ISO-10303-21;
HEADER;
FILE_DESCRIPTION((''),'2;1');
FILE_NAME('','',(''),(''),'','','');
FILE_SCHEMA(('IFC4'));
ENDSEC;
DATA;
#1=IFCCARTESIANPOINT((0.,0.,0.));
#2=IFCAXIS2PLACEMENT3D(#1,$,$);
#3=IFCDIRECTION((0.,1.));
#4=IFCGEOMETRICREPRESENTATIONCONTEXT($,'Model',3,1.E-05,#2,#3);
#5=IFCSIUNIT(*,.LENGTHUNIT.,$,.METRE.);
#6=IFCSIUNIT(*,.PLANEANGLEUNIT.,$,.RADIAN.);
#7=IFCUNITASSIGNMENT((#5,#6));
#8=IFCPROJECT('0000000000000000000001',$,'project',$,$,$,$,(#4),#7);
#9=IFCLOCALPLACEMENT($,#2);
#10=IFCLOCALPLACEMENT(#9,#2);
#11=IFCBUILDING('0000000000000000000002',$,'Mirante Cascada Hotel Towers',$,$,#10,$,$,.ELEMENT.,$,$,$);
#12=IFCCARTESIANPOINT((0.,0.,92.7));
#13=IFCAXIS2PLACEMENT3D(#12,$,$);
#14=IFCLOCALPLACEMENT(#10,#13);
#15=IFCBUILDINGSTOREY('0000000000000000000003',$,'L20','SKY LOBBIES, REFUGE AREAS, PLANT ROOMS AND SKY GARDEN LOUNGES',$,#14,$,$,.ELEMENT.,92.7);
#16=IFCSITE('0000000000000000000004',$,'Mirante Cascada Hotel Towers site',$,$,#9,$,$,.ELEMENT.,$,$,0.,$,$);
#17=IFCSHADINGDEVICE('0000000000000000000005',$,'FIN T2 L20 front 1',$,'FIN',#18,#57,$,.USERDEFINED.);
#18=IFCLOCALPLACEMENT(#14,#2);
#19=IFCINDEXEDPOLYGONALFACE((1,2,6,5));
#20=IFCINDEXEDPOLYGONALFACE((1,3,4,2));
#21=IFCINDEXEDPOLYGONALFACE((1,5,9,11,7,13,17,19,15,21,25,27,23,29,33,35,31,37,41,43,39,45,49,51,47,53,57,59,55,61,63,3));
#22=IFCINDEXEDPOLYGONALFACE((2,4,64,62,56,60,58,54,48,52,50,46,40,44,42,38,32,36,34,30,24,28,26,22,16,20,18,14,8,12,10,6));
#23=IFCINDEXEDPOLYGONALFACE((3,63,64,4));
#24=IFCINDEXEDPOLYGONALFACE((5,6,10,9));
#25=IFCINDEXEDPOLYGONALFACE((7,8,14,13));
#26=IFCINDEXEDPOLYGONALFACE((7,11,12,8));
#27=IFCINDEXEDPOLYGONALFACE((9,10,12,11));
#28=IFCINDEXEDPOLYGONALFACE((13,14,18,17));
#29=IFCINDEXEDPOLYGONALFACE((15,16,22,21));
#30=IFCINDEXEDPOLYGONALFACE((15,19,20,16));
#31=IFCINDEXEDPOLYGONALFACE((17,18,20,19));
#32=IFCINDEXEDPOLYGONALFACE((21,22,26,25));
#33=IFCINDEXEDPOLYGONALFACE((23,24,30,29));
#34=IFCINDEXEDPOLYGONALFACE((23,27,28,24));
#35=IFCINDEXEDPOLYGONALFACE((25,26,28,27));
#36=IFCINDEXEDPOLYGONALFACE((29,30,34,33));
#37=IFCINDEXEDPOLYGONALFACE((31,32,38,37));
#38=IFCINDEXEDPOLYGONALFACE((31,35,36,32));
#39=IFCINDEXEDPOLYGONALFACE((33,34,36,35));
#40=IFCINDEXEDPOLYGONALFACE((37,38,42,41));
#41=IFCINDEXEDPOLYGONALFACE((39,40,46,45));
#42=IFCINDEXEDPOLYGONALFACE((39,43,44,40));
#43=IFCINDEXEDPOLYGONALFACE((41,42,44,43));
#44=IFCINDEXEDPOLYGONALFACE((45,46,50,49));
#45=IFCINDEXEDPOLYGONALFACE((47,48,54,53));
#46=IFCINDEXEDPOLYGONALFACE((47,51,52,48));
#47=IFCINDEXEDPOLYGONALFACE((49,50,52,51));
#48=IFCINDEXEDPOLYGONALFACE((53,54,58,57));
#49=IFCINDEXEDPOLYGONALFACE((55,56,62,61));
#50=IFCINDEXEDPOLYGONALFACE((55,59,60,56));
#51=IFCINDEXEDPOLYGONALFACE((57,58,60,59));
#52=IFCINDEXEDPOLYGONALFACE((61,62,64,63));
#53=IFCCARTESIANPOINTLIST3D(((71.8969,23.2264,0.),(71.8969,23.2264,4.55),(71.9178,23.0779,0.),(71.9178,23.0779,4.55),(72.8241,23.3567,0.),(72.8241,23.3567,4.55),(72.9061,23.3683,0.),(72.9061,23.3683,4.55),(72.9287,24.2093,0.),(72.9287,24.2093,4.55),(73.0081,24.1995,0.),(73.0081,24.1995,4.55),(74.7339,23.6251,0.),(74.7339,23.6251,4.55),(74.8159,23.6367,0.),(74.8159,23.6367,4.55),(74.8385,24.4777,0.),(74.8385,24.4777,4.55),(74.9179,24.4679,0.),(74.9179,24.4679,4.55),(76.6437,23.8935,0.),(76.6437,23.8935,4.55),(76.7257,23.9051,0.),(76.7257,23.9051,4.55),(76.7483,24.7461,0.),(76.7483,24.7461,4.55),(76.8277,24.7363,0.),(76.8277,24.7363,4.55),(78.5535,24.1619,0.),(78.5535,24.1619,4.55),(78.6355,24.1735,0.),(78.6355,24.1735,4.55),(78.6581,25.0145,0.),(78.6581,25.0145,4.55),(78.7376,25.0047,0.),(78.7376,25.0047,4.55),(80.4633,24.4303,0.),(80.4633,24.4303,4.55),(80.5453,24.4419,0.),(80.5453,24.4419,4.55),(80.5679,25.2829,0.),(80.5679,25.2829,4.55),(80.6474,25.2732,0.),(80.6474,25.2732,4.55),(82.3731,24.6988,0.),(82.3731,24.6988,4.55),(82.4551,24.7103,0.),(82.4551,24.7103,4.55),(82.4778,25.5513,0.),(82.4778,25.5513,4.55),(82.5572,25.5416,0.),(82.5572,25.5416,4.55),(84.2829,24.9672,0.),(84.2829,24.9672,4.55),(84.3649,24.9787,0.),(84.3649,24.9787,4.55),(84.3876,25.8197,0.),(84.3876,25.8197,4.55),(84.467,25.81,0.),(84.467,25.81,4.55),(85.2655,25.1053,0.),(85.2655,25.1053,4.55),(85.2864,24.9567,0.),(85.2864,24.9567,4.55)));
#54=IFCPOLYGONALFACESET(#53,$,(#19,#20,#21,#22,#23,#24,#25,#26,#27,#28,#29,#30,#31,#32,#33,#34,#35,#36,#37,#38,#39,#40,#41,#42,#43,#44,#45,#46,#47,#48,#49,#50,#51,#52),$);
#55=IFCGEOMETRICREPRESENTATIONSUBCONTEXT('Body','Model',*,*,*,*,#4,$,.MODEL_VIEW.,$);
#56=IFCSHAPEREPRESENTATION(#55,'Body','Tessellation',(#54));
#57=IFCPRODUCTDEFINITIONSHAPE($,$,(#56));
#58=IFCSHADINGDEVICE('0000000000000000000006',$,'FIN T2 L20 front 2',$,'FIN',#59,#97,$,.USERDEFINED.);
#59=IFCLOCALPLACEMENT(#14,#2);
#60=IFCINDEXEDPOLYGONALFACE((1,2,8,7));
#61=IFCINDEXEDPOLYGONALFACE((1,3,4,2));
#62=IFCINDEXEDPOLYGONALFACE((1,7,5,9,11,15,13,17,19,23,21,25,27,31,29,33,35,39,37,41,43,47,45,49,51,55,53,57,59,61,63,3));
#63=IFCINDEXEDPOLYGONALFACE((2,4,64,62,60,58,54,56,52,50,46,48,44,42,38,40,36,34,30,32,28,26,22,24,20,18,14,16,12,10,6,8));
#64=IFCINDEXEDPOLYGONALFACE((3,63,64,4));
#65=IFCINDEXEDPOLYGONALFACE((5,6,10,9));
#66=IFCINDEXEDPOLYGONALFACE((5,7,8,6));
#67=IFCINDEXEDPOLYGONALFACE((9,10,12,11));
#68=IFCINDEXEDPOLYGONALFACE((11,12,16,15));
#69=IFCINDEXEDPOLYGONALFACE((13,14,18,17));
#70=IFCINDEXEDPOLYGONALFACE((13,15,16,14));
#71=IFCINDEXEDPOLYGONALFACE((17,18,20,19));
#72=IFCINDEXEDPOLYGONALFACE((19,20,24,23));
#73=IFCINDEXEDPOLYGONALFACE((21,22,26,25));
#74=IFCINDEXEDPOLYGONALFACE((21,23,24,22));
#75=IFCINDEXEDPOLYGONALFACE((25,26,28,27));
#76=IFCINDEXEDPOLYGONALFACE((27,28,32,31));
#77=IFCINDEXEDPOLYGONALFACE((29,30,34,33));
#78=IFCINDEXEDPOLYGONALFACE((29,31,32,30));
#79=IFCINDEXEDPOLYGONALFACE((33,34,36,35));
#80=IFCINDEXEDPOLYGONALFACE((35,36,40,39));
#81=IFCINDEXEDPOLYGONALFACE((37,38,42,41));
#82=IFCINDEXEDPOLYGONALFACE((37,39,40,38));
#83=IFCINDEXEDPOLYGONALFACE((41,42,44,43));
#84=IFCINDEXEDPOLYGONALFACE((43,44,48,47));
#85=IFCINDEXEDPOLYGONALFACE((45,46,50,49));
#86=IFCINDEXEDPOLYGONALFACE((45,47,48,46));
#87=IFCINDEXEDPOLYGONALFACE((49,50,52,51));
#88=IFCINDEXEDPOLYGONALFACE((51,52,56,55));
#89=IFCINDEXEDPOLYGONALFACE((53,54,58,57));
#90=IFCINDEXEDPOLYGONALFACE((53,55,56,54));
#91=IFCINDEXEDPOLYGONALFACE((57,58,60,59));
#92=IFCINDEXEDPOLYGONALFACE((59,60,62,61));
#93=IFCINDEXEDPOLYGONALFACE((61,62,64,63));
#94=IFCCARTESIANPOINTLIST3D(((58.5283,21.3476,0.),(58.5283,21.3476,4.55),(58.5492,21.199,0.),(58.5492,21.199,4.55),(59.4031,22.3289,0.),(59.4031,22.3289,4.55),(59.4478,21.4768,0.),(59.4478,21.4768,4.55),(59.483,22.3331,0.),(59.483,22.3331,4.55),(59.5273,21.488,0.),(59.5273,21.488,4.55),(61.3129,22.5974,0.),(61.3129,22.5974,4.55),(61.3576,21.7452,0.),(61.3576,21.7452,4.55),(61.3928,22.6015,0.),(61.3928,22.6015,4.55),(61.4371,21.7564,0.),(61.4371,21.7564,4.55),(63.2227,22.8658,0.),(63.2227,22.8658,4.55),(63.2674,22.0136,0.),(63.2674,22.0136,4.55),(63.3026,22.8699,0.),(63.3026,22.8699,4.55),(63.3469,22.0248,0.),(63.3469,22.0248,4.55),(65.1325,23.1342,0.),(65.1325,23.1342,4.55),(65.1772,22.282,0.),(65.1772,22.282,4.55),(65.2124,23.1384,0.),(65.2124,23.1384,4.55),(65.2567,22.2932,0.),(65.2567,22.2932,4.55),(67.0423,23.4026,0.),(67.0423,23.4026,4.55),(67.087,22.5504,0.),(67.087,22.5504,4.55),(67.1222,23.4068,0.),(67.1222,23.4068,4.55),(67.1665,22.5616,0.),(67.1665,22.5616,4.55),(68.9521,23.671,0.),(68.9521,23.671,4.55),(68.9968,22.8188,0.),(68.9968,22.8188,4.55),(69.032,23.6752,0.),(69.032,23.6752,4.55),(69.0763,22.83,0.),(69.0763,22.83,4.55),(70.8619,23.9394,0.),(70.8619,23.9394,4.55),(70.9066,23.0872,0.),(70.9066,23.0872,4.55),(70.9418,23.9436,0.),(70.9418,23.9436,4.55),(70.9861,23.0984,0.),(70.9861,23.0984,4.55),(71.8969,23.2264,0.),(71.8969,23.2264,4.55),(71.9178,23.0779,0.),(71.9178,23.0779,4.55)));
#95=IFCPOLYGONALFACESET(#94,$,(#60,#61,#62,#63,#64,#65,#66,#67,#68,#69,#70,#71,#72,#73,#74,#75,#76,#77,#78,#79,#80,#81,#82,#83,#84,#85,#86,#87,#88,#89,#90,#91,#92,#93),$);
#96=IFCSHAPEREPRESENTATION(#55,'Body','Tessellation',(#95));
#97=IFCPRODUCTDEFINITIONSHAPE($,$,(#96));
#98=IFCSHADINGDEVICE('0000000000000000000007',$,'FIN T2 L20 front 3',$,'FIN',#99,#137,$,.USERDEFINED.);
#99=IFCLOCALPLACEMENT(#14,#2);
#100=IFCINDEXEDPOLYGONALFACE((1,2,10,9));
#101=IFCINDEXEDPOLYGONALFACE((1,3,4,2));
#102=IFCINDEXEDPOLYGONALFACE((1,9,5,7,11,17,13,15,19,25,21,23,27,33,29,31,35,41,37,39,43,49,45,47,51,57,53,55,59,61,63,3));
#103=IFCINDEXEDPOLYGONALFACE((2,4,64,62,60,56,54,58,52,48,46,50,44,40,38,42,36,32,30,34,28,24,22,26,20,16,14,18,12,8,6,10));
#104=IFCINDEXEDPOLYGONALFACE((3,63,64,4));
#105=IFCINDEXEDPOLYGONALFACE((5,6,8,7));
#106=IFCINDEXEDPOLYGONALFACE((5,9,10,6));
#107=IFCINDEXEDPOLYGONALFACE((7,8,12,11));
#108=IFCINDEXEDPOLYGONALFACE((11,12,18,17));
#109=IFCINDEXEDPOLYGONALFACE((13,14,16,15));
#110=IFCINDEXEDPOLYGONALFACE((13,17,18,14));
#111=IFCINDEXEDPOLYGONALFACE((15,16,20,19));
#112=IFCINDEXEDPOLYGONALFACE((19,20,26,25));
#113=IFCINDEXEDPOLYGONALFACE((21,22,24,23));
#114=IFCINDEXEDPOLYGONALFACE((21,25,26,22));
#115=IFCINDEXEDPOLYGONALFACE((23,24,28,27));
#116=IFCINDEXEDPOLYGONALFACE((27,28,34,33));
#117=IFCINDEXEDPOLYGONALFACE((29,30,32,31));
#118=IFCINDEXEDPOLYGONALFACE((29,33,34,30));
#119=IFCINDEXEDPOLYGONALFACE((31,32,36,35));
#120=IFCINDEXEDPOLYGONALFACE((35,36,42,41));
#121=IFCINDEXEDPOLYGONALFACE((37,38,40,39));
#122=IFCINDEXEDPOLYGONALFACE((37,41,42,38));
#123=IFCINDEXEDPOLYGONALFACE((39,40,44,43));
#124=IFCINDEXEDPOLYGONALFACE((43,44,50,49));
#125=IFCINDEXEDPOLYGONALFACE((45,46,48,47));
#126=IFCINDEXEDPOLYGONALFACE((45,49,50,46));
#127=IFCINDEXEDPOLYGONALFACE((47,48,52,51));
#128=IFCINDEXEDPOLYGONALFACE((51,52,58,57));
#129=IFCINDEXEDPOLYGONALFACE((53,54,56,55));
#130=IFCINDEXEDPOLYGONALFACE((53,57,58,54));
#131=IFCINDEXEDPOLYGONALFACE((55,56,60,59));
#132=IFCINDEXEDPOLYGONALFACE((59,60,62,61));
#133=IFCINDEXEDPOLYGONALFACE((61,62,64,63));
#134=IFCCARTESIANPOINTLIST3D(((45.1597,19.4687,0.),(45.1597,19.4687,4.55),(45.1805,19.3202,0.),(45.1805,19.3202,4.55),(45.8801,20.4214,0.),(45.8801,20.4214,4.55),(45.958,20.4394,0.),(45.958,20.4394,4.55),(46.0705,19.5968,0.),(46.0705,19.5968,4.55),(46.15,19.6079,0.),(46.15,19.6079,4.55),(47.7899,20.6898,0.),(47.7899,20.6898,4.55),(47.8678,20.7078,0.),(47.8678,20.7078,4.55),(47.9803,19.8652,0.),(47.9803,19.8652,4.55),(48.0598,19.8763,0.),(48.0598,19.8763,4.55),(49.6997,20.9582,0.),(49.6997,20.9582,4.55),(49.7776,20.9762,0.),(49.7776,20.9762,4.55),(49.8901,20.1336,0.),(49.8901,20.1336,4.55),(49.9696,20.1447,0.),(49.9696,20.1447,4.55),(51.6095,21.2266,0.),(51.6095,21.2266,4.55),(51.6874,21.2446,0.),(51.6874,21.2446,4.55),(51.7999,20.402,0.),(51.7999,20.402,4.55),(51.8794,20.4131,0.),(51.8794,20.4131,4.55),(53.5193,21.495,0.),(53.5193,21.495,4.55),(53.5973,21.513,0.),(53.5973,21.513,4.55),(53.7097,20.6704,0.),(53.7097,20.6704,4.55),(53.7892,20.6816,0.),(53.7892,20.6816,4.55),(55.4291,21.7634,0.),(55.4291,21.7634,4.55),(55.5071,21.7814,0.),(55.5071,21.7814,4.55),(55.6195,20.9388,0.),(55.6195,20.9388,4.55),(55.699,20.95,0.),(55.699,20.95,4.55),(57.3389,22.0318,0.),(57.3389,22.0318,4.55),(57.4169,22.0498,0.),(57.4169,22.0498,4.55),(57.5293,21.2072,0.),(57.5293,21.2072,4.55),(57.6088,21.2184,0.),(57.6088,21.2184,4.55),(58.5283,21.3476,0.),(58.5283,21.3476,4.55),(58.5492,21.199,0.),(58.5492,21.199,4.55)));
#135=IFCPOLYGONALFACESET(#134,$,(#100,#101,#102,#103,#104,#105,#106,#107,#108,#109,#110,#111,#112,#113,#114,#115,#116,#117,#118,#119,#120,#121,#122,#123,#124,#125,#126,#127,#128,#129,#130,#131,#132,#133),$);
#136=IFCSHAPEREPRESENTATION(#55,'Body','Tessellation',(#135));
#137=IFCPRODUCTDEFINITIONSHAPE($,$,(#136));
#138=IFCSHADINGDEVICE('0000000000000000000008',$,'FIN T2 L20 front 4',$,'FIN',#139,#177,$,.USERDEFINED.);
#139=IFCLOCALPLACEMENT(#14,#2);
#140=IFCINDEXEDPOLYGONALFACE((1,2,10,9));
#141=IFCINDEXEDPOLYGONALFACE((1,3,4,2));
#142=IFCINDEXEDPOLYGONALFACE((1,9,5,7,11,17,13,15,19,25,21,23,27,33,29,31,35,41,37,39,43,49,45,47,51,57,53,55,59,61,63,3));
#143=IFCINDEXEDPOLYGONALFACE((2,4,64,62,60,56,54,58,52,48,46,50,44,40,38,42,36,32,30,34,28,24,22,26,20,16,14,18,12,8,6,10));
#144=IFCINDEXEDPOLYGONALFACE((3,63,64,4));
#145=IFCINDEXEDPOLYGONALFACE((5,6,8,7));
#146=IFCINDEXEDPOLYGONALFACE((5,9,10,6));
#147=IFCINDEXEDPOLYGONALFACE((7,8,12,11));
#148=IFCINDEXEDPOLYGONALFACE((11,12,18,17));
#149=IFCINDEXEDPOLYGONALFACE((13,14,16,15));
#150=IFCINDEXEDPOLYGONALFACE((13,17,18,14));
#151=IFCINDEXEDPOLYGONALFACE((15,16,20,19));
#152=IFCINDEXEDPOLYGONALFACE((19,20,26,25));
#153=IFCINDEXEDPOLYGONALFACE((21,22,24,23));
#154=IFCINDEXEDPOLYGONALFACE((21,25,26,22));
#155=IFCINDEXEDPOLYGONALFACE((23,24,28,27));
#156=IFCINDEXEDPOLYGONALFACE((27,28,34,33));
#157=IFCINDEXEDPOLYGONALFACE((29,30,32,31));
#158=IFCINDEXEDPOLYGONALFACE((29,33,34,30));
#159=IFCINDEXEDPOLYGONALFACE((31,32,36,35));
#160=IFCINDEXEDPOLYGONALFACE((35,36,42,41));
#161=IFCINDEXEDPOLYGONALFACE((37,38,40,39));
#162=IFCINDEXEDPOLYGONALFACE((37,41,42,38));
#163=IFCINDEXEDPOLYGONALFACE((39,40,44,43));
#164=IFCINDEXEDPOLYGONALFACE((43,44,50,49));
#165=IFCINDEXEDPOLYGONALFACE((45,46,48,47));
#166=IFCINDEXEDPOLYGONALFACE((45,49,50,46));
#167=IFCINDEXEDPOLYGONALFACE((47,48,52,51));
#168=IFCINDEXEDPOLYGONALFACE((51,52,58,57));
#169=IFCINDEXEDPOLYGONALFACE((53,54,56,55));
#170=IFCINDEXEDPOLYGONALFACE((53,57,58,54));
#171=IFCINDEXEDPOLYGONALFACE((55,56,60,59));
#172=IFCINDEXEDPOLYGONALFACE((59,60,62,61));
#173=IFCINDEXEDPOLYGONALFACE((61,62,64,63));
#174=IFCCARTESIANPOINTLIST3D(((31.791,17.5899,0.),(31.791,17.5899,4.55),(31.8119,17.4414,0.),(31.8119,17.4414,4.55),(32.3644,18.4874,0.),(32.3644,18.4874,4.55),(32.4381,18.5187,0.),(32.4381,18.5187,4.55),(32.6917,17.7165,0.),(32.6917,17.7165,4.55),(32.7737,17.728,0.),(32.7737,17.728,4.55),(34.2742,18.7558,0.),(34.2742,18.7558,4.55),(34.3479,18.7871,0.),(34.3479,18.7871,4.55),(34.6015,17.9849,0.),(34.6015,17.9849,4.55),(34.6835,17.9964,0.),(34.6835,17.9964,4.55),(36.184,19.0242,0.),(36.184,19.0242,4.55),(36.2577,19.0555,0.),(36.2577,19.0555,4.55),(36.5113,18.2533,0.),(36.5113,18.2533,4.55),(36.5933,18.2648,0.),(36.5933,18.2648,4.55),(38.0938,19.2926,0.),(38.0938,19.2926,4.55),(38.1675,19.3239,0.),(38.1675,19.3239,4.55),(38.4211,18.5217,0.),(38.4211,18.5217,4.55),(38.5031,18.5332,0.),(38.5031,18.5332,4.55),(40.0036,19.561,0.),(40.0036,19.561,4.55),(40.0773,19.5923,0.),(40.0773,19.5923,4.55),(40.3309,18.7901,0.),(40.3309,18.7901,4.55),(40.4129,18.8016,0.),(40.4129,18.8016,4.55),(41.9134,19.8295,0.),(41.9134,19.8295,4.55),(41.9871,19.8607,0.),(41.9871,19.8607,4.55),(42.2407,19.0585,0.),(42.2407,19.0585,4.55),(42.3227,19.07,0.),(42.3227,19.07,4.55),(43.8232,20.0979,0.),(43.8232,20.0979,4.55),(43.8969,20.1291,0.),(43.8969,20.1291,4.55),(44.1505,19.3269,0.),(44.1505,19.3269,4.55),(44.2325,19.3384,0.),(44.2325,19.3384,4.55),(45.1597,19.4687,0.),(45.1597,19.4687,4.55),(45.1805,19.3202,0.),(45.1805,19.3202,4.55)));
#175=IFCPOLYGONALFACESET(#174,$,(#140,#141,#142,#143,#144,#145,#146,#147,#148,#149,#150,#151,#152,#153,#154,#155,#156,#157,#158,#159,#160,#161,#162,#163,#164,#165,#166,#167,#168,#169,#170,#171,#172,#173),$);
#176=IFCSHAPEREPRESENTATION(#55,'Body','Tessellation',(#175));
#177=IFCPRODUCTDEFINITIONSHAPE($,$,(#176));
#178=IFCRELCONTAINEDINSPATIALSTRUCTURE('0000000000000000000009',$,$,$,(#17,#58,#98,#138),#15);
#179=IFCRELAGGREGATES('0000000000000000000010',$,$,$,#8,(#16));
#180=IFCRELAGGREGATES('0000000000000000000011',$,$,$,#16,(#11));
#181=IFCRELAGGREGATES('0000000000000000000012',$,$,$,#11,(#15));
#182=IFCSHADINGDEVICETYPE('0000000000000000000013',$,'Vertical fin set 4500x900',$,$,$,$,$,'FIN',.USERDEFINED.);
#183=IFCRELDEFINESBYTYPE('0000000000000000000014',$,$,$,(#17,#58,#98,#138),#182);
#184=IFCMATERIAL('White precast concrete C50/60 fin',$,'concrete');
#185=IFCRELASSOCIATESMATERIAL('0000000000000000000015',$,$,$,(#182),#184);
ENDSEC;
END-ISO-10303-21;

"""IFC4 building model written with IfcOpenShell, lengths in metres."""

from ifc_helpers import new_model, si_unit, direction, frame, origin, place, context, subcontext, project, spatial, polyline, outline, extrude, material, type_object, element, save


model = new_model("IFC4")

# Units and contexts
model_context = context("Model", 3, precision=1e-05, world=origin(), true_north=direction((0.0, 1.0)))
body_context = subcontext(model_context, "Body", "Model", "MODEL_VIEW")
ifc_project = project(units=[si_unit("LENGTHUNIT", "METRE"), si_unit("PLANEANGLEUNIT", "RADIAN")], contexts=[model_context])

# Site, building, storey
site_placement = place(None, origin())
site = spatial("IfcSite", under=ifc_project, at=site_placement, Name="Mirante Cascada Hotel Towers site", CompositionType="ELEMENT", RefElevation=0.0)
building_placement = place(site_placement, origin())
building = spatial("IfcBuilding", under=site, at=building_placement, Name="Mirante Cascada Hotel Towers", CompositionType="ELEMENT")
storey_placement = place(building_placement, frame((0.0, 0.0, 92.7)))
storey = spatial("IfcBuildingStorey", under=building, at=storey_placement, Name="L20", Description="SKY LOBBIES, REFUGE AREAS, PLANT ROOMS AND SKY GARDEN LOUNGES", CompositionType="ELEMENT", Elevation=92.7)

# Shading devices
ifc_material_1 = material(Name="White precast concrete C50/60 fin", Category="concrete")
shading_device_type = type_object("IfcShadingDeviceType", Name="Vertical fin set 4500x900", ElementType="FIN", PredefinedType="USERDEFINED", material=ifc_material_1)
shading_device_1_placement = place(storey_placement, origin())
element("IfcShadingDevice", 1, at=shading_device_1_placement, inside=storey, type_object=shading_device_type, Name="FIN T2 L20 front 1", ObjectType="FIN", PredefinedType="USERDEFINED", context=body_context, shape_type="SweptSolid", body=[
    extrude(outline(polyline([(73.0081, 24.1995), (72.9061, 23.3683), (74.7339, 23.6251), (74.8385, 24.4777), (74.9179, 24.4679), (74.8159, 23.6367), (76.6437, 23.8935), (76.7483, 24.7461), (76.8277, 24.7363), (76.7257, 23.9051), (78.5535, 24.1619), (78.6581, 25.0145), (78.7376, 25.0047), (78.6355, 24.1735), (80.4633, 24.4303), (80.5679, 25.2829), (80.6474, 25.2732), (80.5453, 24.4419), (82.3731, 24.6988), (82.4778, 25.5513), (82.5572, 25.5416), (82.4551, 24.7103), (84.2829, 24.9672), (84.3876, 25.8197), (84.467, 25.81), (84.3649, 24.9787), (85.2655, 25.1053), (85.2864, 24.9567), (71.9178, 23.0779), (71.8969, 23.2264), (72.8241, 23.3567), (72.9287, 24.2093), (73.0081, 24.1995)])), origin(), (0.0, 0.0, 1.0), 4.55),
])
shading_device_2_placement = place(storey_placement, origin())
element("IfcShadingDevice", 2, at=shading_device_2_placement, inside=storey, type_object=shading_device_type, Name="FIN T2 L20 front 2", ObjectType="FIN", PredefinedType="USERDEFINED", context=body_context, shape_type="SweptSolid", body=[
    extrude(outline(polyline([(59.483, 22.3331), (59.5273, 21.488), (61.3576, 21.7452), (61.3129, 22.5974), (61.3928, 22.6015), (61.4371, 21.7564), (63.2674, 22.0136), (63.2227, 22.8658), (63.3026, 22.8699), (63.3469, 22.0248), (65.1772, 22.282), (65.1325, 23.1342), (65.2124, 23.1384), (65.2567, 22.2932), (67.087, 22.5504), (67.0423, 23.4026), (67.1222, 23.4068), (67.1665, 22.5616), (68.9968, 22.8188), (68.9521, 23.671), (69.032, 23.6752), (69.0763, 22.83), (70.9066, 23.0872), (70.8619, 23.9394), (70.9418, 23.9436), (70.9861, 23.0984), (71.8969, 23.2264), (71.9178, 23.0779), (58.5492, 21.199), (58.5283, 21.3476), (59.4478, 21.4768), (59.4031, 22.3289), (59.483, 22.3331)])), origin(), (0.0, 0.0, 1.0), 4.55),
])
shading_device_3_placement = place(storey_placement, origin())
element("IfcShadingDevice", 3, at=shading_device_3_placement, inside=storey, type_object=shading_device_type, Name="FIN T2 L20 front 3", ObjectType="FIN", PredefinedType="USERDEFINED", context=body_context, shape_type="SweptSolid", body=[
    extrude(outline(polyline([(45.958, 20.4394), (46.15, 19.6079), (47.9803, 19.8652), (47.7899, 20.6898), (47.8678, 20.7078), (48.0598, 19.8763), (49.8901, 20.1336), (49.6997, 20.9582), (49.7776, 20.9762), (49.9696, 20.1447), (51.7999, 20.402), (51.6095, 21.2266), (51.6874, 21.2446), (51.8794, 20.4131), (53.7097, 20.6704), (53.5193, 21.495), (53.5973, 21.513), (53.7892, 20.6816), (55.6195, 20.9388), (55.4291, 21.7634), (55.5071, 21.7814), (55.699, 20.95), (57.5293, 21.2072), (57.3389, 22.0318), (57.4169, 22.0498), (57.6088, 21.2184), (58.5283, 21.3476), (58.5492, 21.199), (45.1805, 19.3202), (45.1597, 19.4687), (46.0705, 19.5968), (45.8801, 20.4214), (45.958, 20.4394)])), origin(), (0.0, 0.0, 1.0), 4.55),
])
shading_device_4_placement = place(storey_placement, origin())
element("IfcShadingDevice", 4, at=shading_device_4_placement, inside=storey, type_object=shading_device_type, Name="FIN T2 L20 front 4", ObjectType="FIN", PredefinedType="USERDEFINED", context=body_context, shape_type="SweptSolid", body=[
    extrude(outline(polyline([(32.4381, 18.5187), (32.7737, 17.728), (34.6015, 17.9849), (34.2742, 18.7558), (34.3479, 18.7871), (34.6835, 17.9964), (36.5113, 18.2533), (36.184, 19.0242), (36.2577, 19.0555), (36.5933, 18.2648), (38.4211, 18.5217), (38.0938, 19.2926), (38.1675, 19.3239), (38.5031, 18.5332), (40.3309, 18.7901), (40.0036, 19.561), (40.0773, 19.5923), (40.4129, 18.8016), (42.2407, 19.0585), (41.9134, 19.8295), (41.9871, 19.8607), (42.3227, 19.07), (44.1505, 19.3269), (43.8232, 20.0979), (43.8969, 20.1291), (44.2325, 19.3384), (45.1597, 19.4687), (45.1805, 19.3202), (31.8119, 17.4414), (31.791, 17.5899), (32.6917, 17.7165), (32.3644, 18.4874), (32.4381, 18.5187)])), origin(), (0.0, 0.0, 1.0), 4.55),
])

save(model, "model.ifc")
